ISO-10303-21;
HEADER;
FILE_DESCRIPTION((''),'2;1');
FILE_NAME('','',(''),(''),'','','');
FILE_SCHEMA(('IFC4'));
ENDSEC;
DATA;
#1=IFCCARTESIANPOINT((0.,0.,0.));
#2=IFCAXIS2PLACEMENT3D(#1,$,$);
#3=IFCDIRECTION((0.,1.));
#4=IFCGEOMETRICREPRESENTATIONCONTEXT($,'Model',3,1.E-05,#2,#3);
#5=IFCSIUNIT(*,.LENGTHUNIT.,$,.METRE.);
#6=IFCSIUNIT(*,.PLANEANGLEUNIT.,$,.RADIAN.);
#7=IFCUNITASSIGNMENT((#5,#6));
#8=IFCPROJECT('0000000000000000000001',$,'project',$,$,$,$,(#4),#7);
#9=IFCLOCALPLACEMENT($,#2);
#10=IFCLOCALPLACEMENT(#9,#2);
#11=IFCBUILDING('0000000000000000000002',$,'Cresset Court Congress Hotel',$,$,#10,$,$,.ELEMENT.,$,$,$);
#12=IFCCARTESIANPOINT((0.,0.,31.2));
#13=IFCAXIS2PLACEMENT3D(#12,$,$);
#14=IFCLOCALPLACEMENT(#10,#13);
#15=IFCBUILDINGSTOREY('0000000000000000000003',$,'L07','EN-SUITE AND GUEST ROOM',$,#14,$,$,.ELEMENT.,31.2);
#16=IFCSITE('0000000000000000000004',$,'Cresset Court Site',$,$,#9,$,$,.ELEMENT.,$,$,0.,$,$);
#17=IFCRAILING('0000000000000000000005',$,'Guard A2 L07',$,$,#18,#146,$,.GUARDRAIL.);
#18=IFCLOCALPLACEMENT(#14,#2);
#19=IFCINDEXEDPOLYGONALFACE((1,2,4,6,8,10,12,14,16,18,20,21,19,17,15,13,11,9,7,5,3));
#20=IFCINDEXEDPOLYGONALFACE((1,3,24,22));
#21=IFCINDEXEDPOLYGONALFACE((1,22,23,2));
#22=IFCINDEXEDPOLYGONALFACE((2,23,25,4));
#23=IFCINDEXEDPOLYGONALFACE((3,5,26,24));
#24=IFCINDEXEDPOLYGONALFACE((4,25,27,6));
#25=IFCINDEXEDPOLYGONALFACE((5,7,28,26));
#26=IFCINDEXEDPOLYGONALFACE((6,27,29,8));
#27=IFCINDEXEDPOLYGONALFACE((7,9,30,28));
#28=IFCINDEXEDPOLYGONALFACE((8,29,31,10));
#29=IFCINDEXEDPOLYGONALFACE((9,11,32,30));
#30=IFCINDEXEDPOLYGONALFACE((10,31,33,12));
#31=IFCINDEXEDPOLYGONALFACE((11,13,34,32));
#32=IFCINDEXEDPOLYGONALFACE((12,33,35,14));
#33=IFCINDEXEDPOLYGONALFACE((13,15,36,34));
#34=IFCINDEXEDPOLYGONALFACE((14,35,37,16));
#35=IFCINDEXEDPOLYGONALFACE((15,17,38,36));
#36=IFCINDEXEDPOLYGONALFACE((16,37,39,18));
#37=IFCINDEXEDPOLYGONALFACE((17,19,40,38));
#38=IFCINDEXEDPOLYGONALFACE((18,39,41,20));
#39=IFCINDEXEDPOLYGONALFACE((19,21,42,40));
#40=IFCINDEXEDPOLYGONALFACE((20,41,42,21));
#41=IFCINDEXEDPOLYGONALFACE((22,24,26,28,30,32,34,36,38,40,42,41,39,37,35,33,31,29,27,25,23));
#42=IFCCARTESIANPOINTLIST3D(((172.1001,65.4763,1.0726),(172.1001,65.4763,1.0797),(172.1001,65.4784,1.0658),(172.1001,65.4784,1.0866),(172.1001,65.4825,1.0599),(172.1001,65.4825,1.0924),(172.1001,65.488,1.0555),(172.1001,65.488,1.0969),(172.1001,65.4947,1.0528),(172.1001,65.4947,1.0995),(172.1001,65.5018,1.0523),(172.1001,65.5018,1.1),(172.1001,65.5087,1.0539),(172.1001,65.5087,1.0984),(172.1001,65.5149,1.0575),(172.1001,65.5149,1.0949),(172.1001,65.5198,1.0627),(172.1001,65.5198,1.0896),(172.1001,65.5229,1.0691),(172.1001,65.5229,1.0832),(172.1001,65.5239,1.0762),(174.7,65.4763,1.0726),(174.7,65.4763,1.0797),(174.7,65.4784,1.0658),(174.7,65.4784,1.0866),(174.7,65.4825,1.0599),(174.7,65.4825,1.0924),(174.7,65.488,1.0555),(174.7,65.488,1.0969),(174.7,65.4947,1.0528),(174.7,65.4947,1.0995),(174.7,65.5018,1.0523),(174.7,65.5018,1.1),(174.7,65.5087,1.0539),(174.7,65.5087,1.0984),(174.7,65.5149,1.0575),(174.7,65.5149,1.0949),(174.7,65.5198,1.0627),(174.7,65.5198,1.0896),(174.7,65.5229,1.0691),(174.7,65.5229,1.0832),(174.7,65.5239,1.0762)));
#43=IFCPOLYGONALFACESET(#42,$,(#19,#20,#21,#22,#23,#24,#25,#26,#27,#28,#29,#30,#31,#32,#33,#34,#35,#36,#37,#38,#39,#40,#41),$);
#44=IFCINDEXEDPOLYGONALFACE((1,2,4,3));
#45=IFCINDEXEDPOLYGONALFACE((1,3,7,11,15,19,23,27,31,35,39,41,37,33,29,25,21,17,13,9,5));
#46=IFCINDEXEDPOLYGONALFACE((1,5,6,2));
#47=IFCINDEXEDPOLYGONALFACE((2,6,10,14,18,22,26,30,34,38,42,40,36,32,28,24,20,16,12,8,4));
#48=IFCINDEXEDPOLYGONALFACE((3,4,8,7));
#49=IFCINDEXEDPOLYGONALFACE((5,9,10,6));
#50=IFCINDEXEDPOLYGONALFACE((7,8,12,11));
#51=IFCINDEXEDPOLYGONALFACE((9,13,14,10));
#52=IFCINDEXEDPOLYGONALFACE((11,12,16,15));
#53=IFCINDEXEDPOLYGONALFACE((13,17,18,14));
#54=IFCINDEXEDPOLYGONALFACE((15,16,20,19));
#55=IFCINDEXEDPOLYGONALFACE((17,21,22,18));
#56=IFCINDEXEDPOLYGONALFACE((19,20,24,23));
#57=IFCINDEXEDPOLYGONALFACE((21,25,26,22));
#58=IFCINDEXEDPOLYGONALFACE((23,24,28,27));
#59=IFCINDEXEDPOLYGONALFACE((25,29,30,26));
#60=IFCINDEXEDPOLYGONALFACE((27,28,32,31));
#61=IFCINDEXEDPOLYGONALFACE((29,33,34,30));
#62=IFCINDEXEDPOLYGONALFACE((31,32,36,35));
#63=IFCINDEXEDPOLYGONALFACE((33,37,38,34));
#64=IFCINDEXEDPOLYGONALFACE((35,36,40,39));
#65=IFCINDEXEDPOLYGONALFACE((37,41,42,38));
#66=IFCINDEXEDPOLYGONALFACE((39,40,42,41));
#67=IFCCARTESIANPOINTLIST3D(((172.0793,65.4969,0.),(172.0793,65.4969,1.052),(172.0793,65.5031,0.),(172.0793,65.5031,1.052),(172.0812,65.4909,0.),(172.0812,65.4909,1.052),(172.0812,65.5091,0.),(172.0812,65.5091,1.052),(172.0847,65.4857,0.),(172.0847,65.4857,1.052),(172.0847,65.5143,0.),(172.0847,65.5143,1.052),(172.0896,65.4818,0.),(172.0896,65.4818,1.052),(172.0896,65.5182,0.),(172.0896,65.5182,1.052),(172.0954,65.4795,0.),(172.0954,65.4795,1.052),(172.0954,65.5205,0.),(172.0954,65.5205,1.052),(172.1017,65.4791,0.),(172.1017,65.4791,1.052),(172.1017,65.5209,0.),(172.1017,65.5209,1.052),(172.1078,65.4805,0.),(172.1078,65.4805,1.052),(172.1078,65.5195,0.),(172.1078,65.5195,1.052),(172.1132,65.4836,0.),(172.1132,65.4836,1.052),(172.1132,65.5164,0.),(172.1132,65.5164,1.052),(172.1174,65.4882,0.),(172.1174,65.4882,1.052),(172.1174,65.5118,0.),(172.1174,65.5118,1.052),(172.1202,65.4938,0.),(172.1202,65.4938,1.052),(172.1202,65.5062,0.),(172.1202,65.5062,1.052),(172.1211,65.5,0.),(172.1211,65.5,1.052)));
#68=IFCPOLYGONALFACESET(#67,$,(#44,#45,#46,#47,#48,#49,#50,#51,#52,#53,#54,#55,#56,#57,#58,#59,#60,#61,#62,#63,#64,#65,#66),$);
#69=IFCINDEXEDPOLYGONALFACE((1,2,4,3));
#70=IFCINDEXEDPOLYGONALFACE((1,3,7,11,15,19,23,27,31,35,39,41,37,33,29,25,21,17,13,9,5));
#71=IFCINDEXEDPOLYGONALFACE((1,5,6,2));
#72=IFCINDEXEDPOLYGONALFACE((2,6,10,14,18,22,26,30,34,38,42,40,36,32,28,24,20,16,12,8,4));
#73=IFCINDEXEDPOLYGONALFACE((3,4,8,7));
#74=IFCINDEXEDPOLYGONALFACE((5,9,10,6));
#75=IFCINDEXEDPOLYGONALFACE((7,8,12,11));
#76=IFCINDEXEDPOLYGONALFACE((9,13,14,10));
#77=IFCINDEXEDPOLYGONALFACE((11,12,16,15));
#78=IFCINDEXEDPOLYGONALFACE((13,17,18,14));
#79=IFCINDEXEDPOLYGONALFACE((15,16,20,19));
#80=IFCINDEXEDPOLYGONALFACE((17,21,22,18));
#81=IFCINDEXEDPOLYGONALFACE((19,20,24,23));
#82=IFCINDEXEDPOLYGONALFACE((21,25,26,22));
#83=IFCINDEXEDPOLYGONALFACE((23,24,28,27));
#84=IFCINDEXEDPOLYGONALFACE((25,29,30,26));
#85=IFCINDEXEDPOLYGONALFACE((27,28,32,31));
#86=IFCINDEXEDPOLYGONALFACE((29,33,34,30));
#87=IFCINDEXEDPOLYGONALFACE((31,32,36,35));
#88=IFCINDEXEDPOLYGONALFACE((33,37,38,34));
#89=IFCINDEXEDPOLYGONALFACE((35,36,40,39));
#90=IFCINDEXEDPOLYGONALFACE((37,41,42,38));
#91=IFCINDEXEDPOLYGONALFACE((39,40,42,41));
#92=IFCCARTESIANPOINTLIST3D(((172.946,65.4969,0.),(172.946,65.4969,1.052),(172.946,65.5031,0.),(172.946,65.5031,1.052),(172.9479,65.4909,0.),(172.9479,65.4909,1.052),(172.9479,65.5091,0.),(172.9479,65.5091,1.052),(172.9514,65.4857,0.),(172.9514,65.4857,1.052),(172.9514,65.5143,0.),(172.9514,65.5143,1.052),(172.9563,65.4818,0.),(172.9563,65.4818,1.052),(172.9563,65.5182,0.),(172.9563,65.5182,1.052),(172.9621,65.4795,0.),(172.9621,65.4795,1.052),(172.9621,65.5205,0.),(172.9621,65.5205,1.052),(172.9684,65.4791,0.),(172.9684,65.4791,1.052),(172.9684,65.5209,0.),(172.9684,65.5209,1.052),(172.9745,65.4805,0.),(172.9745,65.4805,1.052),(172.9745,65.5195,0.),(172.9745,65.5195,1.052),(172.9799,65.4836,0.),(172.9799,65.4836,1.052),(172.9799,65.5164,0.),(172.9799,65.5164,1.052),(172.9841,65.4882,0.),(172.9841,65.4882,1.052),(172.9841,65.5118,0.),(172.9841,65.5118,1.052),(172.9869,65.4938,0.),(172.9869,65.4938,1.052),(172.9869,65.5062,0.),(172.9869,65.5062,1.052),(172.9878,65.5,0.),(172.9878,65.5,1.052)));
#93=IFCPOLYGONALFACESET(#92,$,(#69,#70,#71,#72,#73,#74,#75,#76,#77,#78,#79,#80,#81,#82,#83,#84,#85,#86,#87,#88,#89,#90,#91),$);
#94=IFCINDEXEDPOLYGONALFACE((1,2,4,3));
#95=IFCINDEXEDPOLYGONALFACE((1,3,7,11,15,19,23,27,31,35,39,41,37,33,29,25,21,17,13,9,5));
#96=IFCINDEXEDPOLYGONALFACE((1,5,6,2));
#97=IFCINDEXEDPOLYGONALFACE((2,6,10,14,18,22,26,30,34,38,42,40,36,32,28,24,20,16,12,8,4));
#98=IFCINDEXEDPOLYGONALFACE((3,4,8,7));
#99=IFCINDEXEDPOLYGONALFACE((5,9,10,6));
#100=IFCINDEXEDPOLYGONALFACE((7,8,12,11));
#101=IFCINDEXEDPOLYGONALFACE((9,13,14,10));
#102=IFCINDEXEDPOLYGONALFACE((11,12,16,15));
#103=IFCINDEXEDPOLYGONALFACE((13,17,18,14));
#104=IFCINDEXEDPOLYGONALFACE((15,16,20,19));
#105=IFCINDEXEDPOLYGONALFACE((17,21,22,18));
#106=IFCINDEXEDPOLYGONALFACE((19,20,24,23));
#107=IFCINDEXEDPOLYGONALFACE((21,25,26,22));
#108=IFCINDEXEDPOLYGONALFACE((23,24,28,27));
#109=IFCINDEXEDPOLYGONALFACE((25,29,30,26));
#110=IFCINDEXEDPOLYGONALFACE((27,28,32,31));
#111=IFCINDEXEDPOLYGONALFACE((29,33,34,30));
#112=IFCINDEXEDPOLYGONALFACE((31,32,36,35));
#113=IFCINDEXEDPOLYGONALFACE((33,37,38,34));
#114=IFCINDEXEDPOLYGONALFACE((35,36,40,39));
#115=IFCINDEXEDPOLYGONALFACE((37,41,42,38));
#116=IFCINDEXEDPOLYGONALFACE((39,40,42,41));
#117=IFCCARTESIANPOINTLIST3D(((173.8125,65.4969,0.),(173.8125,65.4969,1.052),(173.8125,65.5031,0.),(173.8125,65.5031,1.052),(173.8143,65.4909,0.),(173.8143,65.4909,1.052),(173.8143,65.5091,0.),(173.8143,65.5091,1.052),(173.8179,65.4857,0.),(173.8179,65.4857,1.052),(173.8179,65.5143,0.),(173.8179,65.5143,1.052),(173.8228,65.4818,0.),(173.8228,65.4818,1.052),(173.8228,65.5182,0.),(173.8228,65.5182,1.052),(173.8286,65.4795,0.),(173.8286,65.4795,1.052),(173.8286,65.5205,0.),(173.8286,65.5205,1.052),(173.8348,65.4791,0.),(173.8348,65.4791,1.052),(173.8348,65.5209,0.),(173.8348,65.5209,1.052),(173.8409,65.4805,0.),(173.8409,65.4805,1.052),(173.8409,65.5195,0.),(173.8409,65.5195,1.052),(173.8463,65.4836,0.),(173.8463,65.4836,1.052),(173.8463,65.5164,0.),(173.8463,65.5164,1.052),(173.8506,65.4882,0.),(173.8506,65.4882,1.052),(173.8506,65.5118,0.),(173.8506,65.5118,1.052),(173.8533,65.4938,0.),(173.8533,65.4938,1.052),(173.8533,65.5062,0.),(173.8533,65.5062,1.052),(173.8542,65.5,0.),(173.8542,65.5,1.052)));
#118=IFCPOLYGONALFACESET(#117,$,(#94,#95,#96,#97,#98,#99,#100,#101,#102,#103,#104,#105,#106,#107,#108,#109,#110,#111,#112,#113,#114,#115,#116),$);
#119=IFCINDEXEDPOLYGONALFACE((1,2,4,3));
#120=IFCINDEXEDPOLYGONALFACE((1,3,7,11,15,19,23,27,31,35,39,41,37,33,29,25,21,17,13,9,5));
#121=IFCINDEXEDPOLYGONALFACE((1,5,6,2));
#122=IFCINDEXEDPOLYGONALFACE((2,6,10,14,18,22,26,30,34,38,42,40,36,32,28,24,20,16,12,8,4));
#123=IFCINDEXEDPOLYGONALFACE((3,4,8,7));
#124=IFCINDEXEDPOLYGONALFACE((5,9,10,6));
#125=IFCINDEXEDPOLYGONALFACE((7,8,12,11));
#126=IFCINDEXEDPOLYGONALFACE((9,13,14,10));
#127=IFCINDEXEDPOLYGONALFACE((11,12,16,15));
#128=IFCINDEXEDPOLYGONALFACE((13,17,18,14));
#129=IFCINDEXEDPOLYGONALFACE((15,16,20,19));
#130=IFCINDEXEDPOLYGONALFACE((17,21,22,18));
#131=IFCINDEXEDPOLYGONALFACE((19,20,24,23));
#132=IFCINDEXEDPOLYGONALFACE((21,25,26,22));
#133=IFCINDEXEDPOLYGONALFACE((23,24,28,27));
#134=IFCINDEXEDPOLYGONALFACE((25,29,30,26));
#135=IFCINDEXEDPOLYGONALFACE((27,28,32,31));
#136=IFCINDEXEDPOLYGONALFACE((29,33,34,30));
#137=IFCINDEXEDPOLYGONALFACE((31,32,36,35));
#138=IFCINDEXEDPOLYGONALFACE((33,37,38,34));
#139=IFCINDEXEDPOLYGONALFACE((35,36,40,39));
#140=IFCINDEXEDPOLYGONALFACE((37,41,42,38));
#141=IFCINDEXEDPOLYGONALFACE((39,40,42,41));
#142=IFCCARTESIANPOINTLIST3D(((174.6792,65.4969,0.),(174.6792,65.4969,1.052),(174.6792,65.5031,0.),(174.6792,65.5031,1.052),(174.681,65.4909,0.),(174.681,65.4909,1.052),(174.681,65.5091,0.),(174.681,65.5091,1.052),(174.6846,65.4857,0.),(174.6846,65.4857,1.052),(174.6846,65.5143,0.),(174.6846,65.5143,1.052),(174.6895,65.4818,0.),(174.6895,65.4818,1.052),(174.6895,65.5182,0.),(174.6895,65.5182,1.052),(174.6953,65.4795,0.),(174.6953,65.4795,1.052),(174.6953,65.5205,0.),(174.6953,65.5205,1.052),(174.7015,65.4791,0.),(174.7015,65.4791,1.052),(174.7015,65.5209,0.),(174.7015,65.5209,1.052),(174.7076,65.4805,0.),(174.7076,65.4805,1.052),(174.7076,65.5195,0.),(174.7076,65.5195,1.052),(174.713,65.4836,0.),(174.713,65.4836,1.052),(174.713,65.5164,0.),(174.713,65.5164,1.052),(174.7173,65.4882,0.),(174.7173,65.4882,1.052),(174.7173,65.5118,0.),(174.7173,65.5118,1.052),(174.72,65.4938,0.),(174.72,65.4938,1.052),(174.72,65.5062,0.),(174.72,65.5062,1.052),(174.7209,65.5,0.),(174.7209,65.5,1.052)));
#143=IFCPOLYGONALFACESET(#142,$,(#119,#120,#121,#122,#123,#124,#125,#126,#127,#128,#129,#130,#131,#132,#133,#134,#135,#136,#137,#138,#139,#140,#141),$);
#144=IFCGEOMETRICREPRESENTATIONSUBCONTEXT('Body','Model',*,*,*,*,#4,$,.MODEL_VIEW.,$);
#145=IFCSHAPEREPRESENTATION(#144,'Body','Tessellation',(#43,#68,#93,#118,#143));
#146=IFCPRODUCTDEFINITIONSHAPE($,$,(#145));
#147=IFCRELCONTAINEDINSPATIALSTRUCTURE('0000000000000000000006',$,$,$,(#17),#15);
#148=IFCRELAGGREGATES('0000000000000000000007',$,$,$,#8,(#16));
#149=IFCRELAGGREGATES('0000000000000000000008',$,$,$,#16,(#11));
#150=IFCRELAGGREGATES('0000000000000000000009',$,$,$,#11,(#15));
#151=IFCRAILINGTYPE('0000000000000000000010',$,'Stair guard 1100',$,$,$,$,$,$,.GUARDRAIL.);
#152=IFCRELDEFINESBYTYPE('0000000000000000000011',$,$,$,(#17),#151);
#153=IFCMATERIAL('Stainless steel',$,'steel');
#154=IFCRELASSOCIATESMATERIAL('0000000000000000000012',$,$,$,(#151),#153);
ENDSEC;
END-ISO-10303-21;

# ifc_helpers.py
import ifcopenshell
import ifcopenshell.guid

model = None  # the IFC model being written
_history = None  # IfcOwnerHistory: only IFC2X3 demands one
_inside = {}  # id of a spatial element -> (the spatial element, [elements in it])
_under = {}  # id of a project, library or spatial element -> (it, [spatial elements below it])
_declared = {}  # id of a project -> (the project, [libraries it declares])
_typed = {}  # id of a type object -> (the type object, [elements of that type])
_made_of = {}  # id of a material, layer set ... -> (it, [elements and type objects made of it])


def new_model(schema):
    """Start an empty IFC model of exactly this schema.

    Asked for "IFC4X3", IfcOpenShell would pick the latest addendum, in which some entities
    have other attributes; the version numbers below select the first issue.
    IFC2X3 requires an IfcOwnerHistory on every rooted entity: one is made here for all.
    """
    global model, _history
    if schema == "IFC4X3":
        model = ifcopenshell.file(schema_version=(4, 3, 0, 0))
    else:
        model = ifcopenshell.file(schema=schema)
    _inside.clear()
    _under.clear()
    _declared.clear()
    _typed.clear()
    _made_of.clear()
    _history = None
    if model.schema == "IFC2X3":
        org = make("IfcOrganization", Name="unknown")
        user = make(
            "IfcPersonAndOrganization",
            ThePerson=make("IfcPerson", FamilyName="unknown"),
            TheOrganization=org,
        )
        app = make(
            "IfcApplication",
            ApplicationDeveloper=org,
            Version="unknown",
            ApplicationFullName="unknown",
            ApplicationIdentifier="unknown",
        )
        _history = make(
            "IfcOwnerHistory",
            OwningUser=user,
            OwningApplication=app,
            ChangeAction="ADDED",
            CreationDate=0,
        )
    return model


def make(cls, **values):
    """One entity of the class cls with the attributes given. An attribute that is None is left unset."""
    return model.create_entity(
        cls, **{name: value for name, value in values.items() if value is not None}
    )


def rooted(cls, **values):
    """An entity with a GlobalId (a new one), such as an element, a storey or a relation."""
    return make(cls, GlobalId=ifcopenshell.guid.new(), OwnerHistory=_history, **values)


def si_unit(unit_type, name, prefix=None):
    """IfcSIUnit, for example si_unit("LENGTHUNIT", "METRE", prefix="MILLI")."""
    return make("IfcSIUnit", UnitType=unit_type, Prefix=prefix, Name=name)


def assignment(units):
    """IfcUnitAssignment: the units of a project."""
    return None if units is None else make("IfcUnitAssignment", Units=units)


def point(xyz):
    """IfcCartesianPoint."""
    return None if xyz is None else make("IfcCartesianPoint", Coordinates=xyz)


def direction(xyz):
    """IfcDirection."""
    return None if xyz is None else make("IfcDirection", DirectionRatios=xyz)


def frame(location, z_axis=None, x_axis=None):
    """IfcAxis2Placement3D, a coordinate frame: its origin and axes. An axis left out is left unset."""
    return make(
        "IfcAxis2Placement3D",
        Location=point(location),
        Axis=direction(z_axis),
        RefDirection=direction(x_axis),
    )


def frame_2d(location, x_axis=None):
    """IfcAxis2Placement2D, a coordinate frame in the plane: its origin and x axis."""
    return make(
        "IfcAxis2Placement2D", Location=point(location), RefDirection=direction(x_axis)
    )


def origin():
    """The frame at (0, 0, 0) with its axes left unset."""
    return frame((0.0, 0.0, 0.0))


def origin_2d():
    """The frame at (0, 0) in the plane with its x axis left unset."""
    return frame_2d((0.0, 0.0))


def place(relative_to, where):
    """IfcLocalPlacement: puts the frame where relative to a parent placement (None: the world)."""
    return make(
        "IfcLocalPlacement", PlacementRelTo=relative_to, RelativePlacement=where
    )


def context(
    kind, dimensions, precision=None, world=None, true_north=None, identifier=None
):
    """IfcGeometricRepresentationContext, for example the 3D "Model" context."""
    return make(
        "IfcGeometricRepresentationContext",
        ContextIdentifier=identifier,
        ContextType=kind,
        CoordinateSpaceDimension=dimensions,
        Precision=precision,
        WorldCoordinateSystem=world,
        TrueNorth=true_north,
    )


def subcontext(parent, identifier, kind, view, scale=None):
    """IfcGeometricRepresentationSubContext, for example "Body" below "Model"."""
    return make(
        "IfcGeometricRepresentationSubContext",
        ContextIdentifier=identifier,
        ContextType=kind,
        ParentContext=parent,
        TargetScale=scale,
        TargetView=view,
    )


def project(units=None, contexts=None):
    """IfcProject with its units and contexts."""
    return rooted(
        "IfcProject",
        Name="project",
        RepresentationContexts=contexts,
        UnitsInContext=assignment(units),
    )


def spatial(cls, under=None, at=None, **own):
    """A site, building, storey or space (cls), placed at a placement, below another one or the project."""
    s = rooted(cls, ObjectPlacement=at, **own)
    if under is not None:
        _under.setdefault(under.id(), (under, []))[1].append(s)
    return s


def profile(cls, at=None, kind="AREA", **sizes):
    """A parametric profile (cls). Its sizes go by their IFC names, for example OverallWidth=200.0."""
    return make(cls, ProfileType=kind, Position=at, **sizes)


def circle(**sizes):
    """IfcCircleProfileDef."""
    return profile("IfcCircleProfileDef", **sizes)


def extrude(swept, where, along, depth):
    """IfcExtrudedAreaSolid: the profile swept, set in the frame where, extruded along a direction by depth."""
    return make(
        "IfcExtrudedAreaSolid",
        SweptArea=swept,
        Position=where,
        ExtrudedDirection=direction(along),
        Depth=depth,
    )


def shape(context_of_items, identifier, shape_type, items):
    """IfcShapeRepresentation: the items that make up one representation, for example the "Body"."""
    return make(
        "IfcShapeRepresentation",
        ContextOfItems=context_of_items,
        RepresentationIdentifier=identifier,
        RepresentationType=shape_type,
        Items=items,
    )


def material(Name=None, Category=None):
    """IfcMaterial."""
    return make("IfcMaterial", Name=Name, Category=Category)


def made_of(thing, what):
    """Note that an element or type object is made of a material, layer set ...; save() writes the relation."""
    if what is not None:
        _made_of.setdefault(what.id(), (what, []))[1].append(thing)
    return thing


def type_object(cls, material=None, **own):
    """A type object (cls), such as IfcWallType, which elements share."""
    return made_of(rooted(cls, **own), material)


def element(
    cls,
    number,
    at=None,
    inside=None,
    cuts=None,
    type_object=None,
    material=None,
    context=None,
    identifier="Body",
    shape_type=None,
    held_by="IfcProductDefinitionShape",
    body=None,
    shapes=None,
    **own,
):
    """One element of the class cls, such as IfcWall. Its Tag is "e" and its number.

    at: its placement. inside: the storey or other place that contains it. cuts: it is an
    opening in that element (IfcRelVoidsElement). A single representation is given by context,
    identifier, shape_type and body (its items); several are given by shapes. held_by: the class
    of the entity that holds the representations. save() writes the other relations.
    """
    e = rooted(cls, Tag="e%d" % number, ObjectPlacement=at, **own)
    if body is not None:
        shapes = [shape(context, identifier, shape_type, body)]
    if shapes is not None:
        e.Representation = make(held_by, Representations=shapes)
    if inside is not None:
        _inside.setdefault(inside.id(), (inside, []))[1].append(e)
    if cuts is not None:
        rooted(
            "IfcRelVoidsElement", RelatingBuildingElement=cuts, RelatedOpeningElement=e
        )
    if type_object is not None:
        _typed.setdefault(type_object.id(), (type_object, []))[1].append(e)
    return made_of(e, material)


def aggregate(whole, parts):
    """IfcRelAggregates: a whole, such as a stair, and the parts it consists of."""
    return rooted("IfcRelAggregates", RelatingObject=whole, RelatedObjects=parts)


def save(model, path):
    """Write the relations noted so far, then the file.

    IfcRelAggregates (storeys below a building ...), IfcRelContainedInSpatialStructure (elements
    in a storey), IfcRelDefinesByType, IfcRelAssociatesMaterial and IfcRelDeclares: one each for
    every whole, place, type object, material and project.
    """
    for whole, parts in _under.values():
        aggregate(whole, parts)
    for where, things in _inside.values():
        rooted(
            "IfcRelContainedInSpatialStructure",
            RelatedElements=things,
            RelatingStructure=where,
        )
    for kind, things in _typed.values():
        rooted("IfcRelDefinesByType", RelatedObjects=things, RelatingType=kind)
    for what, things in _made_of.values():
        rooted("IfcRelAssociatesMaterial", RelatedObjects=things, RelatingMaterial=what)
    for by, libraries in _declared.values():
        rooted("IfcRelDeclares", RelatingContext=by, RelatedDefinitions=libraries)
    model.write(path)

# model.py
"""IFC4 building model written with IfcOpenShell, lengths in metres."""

from ifc_helpers import new_model, si_unit, direction, frame, origin, origin_2d, place, context, subcontext, project, spatial, circle, extrude, material, type_object, element, save


model = new_model("IFC4")

# Units and contexts
model_context = context("Model", 3, precision=1e-05, world=origin(), true_north=direction((0.0, 1.0)))
body_context = subcontext(model_context, "Body", "Model", "MODEL_VIEW")
ifc_project = project(units=[si_unit("LENGTHUNIT", "METRE"), si_unit("PLANEANGLEUNIT", "RADIAN")], contexts=[model_context])

# Site, building, storey
site_placement = place(None, origin())
site = spatial("IfcSite", under=ifc_project, at=site_placement, Name="Cresset Court Site", CompositionType="ELEMENT", RefElevation=0.0)
building_placement = place(site_placement, origin())
building = spatial("IfcBuilding", under=site, at=building_placement, Name="Cresset Court Congress Hotel", CompositionType="ELEMENT")
storey_placement = place(building_placement, frame((0.0, 0.0, 31.2)))
storey = spatial("IfcBuildingStorey", under=building, at=storey_placement, Name="L07", Description="EN-SUITE AND GUEST ROOM", CompositionType="ELEMENT", Elevation=31.2)

# Railing
ifc_material_1 = material(Name="Stainless steel", Category="steel")
railing_type_1 = type_object("IfcRailingType", Name="Stair guard 1100", PredefinedType="GUARDRAIL", material=ifc_material_1)
for number, where, name in (
    (1, (172.1001, 65.5, 0.0), "Guard A2 L07"),
):
    element("IfcRailing", number, at=place(storey_placement, frame(where)), inside=storey, type_object=railing_type_1, Name=name, PredefinedType="GUARDRAIL", context=body_context, shape_type="SweptSolid", body=[
        extrude(circle(Radius=0.0239, at=origin_2d()), frame((0.0, 0.0, 1.0762), z_axis=(1.0, 0.0, 0.0), x_axis=(0.0, 1.0, 0.0)), (0.0, 0.0, 1.0), 2.5999),
        extrude(circle(Radius=0.021, at=origin_2d()), origin(), (0.0, 0.0, 1.0), 1.052),
        extrude(circle(Radius=0.021, at=origin_2d()), frame((0.8667, 0.0, 0.0)), (0.0, 0.0, 1.0), 1.052),
        extrude(circle(Radius=0.021, at=origin_2d()), frame((1.7332, 0.0, 0.0)), (0.0, 0.0, 1.0), 1.052),
        extrude(circle(Radius=0.021, at=origin_2d()), frame((2.5999, 0.0, 0.0)), (0.0, 0.0, 1.0), 1.052),
    ])

save(model, "model.ifc")
